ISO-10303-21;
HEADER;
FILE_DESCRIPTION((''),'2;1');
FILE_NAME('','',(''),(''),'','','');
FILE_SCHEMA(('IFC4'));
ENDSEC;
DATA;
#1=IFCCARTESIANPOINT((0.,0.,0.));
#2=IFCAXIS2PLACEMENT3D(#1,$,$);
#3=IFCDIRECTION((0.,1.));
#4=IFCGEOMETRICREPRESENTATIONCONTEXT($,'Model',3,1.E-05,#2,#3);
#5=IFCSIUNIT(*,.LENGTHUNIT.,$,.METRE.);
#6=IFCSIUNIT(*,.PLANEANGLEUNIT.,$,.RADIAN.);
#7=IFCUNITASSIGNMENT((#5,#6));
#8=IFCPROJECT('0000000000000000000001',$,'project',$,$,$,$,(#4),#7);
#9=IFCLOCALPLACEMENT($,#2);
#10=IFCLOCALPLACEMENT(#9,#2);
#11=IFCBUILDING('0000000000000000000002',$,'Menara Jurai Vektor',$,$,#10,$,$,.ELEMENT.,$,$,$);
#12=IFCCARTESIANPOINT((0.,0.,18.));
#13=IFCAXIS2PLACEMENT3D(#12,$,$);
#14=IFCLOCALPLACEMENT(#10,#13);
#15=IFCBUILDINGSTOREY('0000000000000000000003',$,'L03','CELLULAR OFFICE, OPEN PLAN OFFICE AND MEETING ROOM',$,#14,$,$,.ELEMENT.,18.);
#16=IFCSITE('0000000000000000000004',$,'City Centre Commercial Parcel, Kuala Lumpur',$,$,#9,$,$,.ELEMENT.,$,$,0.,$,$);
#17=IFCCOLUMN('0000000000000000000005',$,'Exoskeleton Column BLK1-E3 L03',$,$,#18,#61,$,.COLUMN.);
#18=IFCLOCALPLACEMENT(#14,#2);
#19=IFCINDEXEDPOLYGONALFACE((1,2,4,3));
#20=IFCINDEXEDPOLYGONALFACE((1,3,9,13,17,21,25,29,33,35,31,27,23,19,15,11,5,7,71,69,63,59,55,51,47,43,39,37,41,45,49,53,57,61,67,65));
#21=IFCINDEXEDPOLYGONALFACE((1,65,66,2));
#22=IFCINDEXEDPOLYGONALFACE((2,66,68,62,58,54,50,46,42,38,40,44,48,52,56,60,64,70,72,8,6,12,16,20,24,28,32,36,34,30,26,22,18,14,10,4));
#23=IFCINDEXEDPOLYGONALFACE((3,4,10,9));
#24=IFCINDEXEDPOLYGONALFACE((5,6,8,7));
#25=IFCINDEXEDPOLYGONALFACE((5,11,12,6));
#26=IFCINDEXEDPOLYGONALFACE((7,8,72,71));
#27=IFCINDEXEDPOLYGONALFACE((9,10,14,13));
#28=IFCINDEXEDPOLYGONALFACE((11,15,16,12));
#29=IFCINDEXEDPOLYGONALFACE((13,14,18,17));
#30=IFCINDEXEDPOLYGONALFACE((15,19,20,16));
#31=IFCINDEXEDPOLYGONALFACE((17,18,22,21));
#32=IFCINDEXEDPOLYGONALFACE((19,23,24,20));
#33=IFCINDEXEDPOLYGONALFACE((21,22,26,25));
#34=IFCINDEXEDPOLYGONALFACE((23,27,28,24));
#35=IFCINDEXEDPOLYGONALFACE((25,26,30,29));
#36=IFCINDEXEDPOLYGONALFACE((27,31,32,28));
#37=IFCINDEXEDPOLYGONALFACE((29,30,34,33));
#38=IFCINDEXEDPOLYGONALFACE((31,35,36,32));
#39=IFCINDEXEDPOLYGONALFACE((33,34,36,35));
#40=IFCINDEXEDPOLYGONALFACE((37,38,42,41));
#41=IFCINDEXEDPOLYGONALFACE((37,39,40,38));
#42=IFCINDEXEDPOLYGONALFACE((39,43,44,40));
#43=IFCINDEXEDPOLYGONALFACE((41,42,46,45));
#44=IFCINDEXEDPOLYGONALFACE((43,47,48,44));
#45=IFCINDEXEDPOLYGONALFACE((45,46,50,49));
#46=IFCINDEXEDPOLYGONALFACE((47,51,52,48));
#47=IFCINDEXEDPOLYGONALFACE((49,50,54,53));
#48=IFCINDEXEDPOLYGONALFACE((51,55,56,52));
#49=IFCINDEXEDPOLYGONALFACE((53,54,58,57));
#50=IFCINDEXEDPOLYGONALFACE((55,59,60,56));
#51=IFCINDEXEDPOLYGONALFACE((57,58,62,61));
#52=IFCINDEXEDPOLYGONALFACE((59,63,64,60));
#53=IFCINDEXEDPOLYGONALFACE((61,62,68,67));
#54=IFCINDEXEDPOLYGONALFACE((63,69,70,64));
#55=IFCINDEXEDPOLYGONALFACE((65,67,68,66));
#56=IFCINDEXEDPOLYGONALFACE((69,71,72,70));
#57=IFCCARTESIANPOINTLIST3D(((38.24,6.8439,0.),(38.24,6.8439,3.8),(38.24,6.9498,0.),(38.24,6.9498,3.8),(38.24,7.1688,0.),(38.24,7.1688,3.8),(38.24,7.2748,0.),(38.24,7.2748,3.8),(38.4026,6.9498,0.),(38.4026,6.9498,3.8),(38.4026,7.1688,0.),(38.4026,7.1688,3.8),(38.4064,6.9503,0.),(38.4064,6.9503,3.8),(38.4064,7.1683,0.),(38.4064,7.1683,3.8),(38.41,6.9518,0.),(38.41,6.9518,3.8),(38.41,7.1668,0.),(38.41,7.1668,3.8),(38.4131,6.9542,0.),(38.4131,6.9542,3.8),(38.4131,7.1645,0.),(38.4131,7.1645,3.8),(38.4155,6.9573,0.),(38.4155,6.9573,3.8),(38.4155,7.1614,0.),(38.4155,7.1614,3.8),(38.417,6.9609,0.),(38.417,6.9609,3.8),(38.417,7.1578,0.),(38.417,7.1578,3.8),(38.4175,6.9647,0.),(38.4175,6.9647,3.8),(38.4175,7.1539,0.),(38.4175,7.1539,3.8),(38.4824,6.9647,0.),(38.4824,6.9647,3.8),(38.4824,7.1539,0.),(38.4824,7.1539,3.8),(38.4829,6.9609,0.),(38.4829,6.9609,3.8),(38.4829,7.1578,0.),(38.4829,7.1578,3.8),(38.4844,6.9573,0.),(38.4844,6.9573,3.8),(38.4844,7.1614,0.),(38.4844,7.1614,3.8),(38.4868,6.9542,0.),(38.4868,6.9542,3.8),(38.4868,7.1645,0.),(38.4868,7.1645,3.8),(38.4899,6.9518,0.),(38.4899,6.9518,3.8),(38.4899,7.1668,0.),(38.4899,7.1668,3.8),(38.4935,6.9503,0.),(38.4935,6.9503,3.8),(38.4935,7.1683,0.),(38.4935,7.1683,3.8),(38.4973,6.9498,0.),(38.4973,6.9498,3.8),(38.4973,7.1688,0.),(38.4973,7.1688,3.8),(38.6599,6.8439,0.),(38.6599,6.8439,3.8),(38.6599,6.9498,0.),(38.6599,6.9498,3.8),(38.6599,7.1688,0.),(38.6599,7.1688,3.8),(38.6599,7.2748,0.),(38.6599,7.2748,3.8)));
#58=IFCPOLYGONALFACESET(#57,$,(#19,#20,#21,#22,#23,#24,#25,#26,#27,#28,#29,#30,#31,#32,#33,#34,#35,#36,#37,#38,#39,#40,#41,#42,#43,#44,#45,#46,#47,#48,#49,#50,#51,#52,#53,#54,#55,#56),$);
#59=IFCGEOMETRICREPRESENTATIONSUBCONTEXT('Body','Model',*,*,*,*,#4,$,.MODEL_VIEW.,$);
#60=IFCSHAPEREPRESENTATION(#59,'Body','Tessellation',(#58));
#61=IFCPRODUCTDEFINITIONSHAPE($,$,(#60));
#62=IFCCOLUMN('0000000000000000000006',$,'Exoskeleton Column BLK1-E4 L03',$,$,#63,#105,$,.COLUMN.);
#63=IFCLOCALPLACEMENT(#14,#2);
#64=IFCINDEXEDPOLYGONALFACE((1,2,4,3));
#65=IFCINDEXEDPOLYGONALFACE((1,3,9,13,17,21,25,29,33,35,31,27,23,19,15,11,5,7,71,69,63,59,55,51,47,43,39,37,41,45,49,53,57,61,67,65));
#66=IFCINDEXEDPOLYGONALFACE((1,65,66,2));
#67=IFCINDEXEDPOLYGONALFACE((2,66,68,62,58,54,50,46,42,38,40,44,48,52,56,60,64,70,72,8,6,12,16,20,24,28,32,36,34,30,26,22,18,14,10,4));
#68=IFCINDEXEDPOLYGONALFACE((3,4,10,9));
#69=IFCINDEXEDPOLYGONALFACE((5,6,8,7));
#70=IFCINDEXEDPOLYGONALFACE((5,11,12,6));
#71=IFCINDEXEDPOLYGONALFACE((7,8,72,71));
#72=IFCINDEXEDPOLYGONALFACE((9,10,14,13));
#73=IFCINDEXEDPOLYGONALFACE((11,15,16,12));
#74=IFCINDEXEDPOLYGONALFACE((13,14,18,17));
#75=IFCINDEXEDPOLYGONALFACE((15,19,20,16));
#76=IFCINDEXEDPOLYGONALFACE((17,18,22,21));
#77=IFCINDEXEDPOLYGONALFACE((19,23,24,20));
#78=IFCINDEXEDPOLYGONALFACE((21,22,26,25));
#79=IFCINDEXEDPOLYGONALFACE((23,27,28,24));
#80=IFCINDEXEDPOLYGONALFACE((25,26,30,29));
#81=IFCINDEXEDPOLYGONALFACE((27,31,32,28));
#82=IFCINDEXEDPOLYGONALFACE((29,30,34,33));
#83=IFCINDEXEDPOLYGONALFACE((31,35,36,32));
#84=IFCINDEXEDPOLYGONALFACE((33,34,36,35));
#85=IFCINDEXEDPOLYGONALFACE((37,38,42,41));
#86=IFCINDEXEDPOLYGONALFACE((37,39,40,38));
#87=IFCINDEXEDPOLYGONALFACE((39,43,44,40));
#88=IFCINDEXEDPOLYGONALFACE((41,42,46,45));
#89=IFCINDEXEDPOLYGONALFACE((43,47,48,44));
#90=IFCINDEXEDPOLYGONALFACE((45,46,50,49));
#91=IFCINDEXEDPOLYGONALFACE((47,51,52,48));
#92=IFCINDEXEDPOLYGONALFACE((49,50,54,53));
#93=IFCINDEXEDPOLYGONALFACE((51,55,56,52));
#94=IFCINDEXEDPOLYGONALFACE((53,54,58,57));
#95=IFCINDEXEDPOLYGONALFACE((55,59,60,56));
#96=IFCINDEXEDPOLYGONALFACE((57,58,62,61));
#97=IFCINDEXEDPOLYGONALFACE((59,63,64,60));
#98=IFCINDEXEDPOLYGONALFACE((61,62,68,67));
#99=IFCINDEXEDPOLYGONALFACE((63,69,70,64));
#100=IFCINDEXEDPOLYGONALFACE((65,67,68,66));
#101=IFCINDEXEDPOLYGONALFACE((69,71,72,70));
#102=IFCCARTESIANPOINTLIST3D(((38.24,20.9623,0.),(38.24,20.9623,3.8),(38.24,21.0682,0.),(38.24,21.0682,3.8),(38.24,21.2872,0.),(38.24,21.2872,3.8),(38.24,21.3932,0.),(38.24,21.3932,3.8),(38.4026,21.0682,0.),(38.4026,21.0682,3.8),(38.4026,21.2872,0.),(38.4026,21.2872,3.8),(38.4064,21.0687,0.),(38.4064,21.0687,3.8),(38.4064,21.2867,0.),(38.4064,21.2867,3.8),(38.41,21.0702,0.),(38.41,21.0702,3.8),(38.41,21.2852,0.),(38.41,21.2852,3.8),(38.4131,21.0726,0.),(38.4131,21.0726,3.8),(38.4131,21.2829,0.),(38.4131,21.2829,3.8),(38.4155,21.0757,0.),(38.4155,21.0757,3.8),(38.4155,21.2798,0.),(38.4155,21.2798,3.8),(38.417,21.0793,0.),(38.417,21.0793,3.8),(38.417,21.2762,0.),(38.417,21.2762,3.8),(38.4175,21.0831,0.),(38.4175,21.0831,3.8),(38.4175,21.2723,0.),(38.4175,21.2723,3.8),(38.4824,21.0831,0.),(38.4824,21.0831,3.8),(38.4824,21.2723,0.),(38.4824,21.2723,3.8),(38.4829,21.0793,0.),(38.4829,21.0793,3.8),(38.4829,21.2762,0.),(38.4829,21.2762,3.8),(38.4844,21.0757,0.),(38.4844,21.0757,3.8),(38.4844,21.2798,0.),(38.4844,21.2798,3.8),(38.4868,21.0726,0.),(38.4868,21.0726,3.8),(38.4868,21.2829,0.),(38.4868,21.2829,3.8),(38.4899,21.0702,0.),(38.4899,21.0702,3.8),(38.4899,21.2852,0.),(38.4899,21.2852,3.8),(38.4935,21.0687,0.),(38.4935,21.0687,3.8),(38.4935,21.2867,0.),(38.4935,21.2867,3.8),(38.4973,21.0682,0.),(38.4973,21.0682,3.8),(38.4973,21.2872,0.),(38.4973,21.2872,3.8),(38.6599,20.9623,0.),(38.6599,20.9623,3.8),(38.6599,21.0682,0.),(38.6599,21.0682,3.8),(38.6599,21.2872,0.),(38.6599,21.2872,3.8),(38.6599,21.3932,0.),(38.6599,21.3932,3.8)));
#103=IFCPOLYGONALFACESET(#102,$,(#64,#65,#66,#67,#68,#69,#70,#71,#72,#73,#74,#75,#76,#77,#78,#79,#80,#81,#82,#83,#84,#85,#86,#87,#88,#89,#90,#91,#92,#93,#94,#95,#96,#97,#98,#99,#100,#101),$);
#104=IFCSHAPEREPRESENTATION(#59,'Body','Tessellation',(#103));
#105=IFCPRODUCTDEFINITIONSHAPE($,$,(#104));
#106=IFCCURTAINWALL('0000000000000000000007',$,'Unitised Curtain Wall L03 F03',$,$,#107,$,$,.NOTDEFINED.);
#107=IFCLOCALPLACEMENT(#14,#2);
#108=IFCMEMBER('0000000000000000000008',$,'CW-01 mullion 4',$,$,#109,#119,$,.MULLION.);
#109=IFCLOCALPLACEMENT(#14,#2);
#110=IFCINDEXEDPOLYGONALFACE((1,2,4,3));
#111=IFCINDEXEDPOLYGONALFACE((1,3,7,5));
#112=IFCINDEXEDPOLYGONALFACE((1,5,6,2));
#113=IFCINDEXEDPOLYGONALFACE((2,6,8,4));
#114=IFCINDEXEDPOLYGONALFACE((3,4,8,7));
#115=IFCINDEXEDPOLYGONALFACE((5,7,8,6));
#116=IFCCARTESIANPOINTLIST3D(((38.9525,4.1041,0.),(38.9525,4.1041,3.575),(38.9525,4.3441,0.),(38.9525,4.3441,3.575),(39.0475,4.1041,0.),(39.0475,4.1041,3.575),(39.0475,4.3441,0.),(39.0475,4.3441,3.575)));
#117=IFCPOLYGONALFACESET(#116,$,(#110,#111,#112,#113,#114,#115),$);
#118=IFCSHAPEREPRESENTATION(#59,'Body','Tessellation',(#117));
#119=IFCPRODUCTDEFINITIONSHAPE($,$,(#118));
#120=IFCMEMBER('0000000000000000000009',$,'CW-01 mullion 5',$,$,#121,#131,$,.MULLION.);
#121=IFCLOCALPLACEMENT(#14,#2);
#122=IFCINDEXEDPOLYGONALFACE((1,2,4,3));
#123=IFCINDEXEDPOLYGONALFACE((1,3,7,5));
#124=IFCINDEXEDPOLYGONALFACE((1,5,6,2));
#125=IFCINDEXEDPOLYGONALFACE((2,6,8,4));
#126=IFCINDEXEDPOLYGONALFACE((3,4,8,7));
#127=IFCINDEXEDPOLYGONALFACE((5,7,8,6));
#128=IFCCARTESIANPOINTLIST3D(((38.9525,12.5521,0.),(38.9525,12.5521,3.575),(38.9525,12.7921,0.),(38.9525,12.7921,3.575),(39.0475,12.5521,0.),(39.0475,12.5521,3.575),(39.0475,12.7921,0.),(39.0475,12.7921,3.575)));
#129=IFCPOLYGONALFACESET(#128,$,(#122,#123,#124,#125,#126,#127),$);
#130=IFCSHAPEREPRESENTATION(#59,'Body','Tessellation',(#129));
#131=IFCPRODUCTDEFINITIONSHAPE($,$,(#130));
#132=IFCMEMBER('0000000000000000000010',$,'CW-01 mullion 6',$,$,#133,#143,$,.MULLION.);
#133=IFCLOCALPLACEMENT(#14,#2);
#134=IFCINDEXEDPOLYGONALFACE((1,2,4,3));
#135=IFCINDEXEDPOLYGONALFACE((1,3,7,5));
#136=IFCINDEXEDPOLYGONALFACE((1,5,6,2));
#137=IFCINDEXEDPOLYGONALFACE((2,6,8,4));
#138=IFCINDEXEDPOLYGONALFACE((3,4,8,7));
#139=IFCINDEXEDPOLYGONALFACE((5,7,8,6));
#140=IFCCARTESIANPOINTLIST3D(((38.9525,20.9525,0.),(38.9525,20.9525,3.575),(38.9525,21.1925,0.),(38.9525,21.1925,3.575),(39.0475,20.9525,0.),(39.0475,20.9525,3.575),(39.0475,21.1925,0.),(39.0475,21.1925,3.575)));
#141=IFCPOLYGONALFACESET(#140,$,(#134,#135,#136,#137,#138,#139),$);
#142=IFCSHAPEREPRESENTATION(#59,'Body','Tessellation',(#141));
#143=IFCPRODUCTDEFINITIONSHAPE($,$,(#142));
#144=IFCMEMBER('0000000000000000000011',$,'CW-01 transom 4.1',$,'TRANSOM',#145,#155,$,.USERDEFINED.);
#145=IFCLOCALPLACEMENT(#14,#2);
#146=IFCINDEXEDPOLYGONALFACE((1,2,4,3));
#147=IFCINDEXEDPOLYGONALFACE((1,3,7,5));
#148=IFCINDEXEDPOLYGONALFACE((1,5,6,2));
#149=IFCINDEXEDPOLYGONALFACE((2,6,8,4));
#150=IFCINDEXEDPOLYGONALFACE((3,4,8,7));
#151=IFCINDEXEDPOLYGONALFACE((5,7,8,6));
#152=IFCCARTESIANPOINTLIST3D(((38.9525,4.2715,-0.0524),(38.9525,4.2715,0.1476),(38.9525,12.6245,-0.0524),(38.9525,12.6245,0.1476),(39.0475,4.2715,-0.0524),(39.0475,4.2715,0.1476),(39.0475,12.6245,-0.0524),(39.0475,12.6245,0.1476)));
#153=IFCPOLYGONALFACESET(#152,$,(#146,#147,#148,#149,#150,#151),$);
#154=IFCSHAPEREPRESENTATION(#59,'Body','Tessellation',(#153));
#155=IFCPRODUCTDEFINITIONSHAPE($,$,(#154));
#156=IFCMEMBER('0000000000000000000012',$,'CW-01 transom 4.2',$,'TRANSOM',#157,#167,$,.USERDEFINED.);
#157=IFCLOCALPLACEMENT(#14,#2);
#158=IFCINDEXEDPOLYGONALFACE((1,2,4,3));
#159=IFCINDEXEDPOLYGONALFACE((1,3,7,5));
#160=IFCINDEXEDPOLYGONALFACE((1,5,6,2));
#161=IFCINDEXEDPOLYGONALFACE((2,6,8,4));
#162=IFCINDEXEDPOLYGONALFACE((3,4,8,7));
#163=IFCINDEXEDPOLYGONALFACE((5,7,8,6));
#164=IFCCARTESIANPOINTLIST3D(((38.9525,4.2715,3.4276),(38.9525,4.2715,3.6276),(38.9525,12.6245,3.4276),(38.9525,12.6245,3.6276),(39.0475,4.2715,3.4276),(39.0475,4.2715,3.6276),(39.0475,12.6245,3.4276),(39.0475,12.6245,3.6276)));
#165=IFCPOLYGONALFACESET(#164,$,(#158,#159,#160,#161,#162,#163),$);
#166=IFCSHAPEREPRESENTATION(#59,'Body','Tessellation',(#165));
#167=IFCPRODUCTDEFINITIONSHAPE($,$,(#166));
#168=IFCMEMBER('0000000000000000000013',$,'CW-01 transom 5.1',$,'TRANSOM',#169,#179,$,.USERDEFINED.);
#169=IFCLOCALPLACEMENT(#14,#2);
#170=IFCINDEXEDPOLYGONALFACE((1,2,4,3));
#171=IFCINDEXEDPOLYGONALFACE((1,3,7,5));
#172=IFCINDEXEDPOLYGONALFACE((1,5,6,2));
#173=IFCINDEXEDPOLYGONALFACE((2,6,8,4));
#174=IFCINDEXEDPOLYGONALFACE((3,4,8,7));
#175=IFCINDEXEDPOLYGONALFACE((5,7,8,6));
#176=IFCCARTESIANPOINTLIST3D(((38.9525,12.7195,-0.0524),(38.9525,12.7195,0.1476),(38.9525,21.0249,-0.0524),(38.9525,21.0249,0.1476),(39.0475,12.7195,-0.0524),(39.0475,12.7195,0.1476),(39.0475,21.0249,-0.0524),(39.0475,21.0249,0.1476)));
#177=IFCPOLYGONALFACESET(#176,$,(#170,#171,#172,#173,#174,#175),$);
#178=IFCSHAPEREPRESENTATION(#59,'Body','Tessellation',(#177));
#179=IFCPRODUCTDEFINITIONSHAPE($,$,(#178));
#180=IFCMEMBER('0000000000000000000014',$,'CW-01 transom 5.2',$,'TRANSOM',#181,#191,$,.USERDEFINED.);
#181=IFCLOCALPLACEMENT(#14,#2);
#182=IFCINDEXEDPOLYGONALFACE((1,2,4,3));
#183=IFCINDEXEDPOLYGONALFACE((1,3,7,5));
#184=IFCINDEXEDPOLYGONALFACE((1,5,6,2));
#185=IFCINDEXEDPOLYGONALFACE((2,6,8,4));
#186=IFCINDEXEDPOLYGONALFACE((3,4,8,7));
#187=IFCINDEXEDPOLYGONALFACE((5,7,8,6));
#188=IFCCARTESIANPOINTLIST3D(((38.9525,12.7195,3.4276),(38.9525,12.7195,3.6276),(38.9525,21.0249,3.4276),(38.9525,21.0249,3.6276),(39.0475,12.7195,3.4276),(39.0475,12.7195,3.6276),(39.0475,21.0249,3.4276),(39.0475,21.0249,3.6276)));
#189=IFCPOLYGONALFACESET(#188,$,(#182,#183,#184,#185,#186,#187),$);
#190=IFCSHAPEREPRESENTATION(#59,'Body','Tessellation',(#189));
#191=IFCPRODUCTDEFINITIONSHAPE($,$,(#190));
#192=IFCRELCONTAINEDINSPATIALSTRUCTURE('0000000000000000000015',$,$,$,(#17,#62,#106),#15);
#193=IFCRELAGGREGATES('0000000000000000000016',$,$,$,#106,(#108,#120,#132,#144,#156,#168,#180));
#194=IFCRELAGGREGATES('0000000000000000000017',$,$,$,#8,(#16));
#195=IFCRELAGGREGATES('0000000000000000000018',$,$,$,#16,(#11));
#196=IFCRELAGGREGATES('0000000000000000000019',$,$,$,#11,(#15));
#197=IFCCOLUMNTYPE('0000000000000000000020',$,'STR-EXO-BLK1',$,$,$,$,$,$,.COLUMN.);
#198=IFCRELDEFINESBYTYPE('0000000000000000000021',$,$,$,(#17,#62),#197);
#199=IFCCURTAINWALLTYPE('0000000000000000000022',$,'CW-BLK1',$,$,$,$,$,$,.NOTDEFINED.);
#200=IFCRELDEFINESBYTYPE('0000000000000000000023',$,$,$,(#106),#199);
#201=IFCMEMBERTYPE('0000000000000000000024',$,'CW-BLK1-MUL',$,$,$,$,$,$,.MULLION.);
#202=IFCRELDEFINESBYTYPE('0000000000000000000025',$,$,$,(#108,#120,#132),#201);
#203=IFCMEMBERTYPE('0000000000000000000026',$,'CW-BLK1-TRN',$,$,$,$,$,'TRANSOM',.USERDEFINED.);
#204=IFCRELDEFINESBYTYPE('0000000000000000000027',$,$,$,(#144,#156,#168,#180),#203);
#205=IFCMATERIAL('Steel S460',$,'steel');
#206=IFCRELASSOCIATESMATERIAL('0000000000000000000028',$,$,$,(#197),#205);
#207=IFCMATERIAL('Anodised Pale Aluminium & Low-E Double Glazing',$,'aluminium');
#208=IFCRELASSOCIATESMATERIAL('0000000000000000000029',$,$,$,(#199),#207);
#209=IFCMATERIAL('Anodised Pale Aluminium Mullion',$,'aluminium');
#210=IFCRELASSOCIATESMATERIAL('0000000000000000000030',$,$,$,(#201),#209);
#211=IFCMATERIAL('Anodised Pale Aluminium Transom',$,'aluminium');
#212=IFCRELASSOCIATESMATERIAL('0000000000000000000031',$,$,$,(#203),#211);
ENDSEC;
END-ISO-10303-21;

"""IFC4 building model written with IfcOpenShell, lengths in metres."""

from ifc_helpers import new_model, si_unit, direction, frame, origin, origin_2d, place, context, subcontext, project, spatial, rectangle, i_section, extrude, material, material_profile, profile_set, type_object, element, aggregate, save


model = new_model("IFC4")

# Units and contexts
model_context = context("Model", 3, precision=1e-05, world=origin(), true_north=direction((0.0, 1.0)))
body_context = subcontext(model_context, "Body", "Model", "MODEL_VIEW")
ifc_project = project(units=[si_unit("LENGTHUNIT", "METRE"), si_unit("PLANEANGLEUNIT", "RADIAN")], contexts=[model_context])

# Site, building, storey
site_placement = place(None, origin())
site = spatial("IfcSite", under=ifc_project, at=site_placement, Name="City Centre Commercial Parcel, Kuala Lumpur", CompositionType="ELEMENT", RefElevation=0.0)
building_placement = place(site_placement, origin())
building = spatial("IfcBuilding", under=site, at=building_placement, Name="Menara Jurai Vektor", CompositionType="ELEMENT")
storey_placement = place(building_placement, frame((0.0, 0.0, 18.0)))
storey = spatial("IfcBuildingStorey", under=building, at=storey_placement, Name="L03", Description="CELLULAR OFFICE, OPEN PLAN OFFICE AND MEETING ROOM", CompositionType="ELEMENT", Elevation=18.0)

# Columns
ifc_material_1 = material(Name="Steel S460", Category="steel")
ifc_material_profile_1 = material_profile(ifc_material_1, i_section(OverallWidth=0.4199, OverallDepth=0.4309, WebThickness=0.0649, FlangeThickness=0.106, FilletRadius=0.0149, at=origin_2d()), Name="HD 400x900")
ifc_profile_set_1 = profile_set([ifc_material_profile_1], Name="Steel S460")
column_type = type_object("IfcColumnType", Name="STR-EXO-BLK1", PredefinedType="COLUMN", material=ifc_profile_set_1)
for number, where, z_axis, x_axis, name in (
    (1, (38.45, 7.0593, 0.0), (0.0, 0.0, 1.0), (1.0, 0.0, 0.0), "Exoskeleton Column BLK1-E3 L03"),
    (2, (38.45, 21.1777, 0.0), (0.0, 0.0, 1.0), (1.0, 0.0, 0.0), "Exoskeleton Column BLK1-E4 L03"),
):
    element("IfcColumn", number, at=place(storey_placement, frame(where, z_axis=z_axis, x_axis=x_axis)), inside=storey, type_object=column_type, Name=name, PredefinedType="COLUMN", context=body_context, shape_type="SweptSolid", body=[
        extrude(i_section(OverallWidth=0.4199, OverallDepth=0.4309, WebThickness=0.0649, FlangeThickness=0.106, FilletRadius=0.0149, at=origin_2d()), origin(), (0.0, 0.0, 1.0), 3.8),
    ])

# Curtain wall, members
ifc_material_2 = material(Name="Anodised Pale Aluminium & Low-E Double Glazing", Category="aluminium")
curtain_wall_type = type_object("IfcCurtainWallType", Name="CW-BLK1", PredefinedType="NOTDEFINED", material=ifc_material_2)
curtain_wall_placement = place(storey_placement, origin())
curtain_wall = element("IfcCurtainWall", 3, at=curtain_wall_placement, inside=storey, type_object=curtain_wall_type, Name="Unitised Curtain Wall L03 F03", PredefinedType="NOTDEFINED")
ifc_material_3 = material(Name="Anodised Pale Aluminium Mullion", Category="aluminium")
ifc_material_profile_2 = material_profile(ifc_material_3, rectangle(XDim=0.095, YDim=0.24, at=origin_2d()), Name="ALU MUL 95x240")
ifc_profile_set_2 = profile_set([ifc_material_profile_2], Name="Anodised Pale Aluminium Mullion")
member_type_1 = type_object("IfcMemberType", Name="CW-BLK1-MUL", PredefinedType="MULLION", material=ifc_profile_set_2)
member_1_placement = place(storey_placement, frame((39.0, 4.2241, 0.0), z_axis=(0.0, 0.0, 1.0), x_axis=(-1.0, 0.0, 0.0)))
member_1 = element("IfcMember", 4, at=member_1_placement, type_object=member_type_1, Name="CW-01 mullion 4", PredefinedType="MULLION", context=body_context, shape_type="SweptSolid", body=[
    extrude(rectangle(XDim=0.095, YDim=0.24, at=origin_2d()), origin(), (0.0, 0.0, 1.0), 3.575),
])
member_2_placement = place(storey_placement, frame((39.0, 12.6721, 0.0), z_axis=(0.0, 0.0, 1.0), x_axis=(-1.0, 0.0, 0.0)))
member_2 = element("IfcMember", 5, at=member_2_placement, type_object=member_type_1, Name="CW-01 mullion 5", PredefinedType="MULLION", context=body_context, shape_type="SweptSolid", body=[
    extrude(rectangle(XDim=0.095, YDim=0.24, at=origin_2d()), origin(), (0.0, 0.0, 1.0), 3.575),
])
member_3_placement = place(storey_placement, frame((39.0, 21.0725, 0.0), z_axis=(0.0, 0.0, 1.0), x_axis=(-1.0, 0.0, 0.0)))
member_3 = element("IfcMember", 6, at=member_3_placement, type_object=member_type_1, Name="CW-01 mullion 6", PredefinedType="MULLION", context=body_context, shape_type="SweptSolid", body=[
    extrude(rectangle(XDim=0.095, YDim=0.24, at=origin_2d()), origin(), (0.0, 0.0, 1.0), 3.575),
])
ifc_material_4 = material(Name="Anodised Pale Aluminium Transom", Category="aluminium")
ifc_material_profile_3 = material_profile(ifc_material_4, rectangle(XDim=0.095, YDim=0.2, at=origin_2d()), Name="ALU TRN 95x200")
ifc_profile_set_3 = profile_set([ifc_material_profile_3], Name="Anodised Pale Aluminium Transom")
member_type_2 = type_object("IfcMemberType", Name="CW-BLK1-TRN", ElementType="TRANSOM", PredefinedType="USERDEFINED", material=ifc_profile_set_3)
member_4_placement = place(storey_placement, frame((39.0, 4.2715, 0.0476), z_axis=(0.0, 1.0, 0.0), x_axis=(-1.0, 0.0, 0.0)))
member_4 = element("IfcMember", 7, at=member_4_placement, type_object=member_type_2, Name="CW-01 transom 4.1", ObjectType="TRANSOM", PredefinedType="USERDEFINED", context=body_context, shape_type="SweptSolid", body=[
    extrude(rectangle(XDim=0.095, YDim=0.2, at=origin_2d()), origin(), (0.0, 0.0, 1.0), 8.353),
])
member_5_placement = place(storey_placement, frame((39.0, 4.2715, 3.5276), z_axis=(0.0, 1.0, 0.0), x_axis=(-1.0, 0.0, 0.0)))
member_5 = element("IfcMember", 8, at=member_5_placement, type_object=member_type_2, Name="CW-01 transom 4.2", ObjectType="TRANSOM", PredefinedType="USERDEFINED", context=body_context, shape_type="SweptSolid", body=[
    extrude(rectangle(XDim=0.095, YDim=0.2, at=origin_2d()), origin(), (0.0, 0.0, 1.0), 8.353),
])
member_6_placement = place(storey_placement, frame((39.0, 12.7195, 0.0476), z_axis=(0.0, 1.0, 0.0), x_axis=(-1.0, 0.0, 0.0)))
member_6 = element("IfcMember", 9, at=member_6_placement, type_object=member_type_2, Name="CW-01 transom 5.1", ObjectType="TRANSOM", PredefinedType="USERDEFINED", context=body_context, shape_type="SweptSolid", body=[
    extrude(rectangle(XDim=0.095, YDim=0.2, at=origin_2d()), origin(), (0.0, 0.0, 1.0), 8.3054),
])
member_7_placement = place(storey_placement, frame((39.0, 12.7195, 3.5276), z_axis=(0.0, 1.0, 0.0), x_axis=(-1.0, 0.0, 0.0)))
member_7 = element("IfcMember", 10, at=member_7_placement, type_object=member_type_2, Name="CW-01 transom 5.2", ObjectType="TRANSOM", PredefinedType="USERDEFINED", context=body_context, shape_type="SweptSolid", body=[
    extrude(rectangle(XDim=0.095, YDim=0.2, at=origin_2d()), origin(), (0.0, 0.0, 1.0), 8.3054),
])

aggregate(curtain_wall, [member_1, member_2, member_3, member_4, member_5, member_6, member_7])

save(model, "model.ifc")
